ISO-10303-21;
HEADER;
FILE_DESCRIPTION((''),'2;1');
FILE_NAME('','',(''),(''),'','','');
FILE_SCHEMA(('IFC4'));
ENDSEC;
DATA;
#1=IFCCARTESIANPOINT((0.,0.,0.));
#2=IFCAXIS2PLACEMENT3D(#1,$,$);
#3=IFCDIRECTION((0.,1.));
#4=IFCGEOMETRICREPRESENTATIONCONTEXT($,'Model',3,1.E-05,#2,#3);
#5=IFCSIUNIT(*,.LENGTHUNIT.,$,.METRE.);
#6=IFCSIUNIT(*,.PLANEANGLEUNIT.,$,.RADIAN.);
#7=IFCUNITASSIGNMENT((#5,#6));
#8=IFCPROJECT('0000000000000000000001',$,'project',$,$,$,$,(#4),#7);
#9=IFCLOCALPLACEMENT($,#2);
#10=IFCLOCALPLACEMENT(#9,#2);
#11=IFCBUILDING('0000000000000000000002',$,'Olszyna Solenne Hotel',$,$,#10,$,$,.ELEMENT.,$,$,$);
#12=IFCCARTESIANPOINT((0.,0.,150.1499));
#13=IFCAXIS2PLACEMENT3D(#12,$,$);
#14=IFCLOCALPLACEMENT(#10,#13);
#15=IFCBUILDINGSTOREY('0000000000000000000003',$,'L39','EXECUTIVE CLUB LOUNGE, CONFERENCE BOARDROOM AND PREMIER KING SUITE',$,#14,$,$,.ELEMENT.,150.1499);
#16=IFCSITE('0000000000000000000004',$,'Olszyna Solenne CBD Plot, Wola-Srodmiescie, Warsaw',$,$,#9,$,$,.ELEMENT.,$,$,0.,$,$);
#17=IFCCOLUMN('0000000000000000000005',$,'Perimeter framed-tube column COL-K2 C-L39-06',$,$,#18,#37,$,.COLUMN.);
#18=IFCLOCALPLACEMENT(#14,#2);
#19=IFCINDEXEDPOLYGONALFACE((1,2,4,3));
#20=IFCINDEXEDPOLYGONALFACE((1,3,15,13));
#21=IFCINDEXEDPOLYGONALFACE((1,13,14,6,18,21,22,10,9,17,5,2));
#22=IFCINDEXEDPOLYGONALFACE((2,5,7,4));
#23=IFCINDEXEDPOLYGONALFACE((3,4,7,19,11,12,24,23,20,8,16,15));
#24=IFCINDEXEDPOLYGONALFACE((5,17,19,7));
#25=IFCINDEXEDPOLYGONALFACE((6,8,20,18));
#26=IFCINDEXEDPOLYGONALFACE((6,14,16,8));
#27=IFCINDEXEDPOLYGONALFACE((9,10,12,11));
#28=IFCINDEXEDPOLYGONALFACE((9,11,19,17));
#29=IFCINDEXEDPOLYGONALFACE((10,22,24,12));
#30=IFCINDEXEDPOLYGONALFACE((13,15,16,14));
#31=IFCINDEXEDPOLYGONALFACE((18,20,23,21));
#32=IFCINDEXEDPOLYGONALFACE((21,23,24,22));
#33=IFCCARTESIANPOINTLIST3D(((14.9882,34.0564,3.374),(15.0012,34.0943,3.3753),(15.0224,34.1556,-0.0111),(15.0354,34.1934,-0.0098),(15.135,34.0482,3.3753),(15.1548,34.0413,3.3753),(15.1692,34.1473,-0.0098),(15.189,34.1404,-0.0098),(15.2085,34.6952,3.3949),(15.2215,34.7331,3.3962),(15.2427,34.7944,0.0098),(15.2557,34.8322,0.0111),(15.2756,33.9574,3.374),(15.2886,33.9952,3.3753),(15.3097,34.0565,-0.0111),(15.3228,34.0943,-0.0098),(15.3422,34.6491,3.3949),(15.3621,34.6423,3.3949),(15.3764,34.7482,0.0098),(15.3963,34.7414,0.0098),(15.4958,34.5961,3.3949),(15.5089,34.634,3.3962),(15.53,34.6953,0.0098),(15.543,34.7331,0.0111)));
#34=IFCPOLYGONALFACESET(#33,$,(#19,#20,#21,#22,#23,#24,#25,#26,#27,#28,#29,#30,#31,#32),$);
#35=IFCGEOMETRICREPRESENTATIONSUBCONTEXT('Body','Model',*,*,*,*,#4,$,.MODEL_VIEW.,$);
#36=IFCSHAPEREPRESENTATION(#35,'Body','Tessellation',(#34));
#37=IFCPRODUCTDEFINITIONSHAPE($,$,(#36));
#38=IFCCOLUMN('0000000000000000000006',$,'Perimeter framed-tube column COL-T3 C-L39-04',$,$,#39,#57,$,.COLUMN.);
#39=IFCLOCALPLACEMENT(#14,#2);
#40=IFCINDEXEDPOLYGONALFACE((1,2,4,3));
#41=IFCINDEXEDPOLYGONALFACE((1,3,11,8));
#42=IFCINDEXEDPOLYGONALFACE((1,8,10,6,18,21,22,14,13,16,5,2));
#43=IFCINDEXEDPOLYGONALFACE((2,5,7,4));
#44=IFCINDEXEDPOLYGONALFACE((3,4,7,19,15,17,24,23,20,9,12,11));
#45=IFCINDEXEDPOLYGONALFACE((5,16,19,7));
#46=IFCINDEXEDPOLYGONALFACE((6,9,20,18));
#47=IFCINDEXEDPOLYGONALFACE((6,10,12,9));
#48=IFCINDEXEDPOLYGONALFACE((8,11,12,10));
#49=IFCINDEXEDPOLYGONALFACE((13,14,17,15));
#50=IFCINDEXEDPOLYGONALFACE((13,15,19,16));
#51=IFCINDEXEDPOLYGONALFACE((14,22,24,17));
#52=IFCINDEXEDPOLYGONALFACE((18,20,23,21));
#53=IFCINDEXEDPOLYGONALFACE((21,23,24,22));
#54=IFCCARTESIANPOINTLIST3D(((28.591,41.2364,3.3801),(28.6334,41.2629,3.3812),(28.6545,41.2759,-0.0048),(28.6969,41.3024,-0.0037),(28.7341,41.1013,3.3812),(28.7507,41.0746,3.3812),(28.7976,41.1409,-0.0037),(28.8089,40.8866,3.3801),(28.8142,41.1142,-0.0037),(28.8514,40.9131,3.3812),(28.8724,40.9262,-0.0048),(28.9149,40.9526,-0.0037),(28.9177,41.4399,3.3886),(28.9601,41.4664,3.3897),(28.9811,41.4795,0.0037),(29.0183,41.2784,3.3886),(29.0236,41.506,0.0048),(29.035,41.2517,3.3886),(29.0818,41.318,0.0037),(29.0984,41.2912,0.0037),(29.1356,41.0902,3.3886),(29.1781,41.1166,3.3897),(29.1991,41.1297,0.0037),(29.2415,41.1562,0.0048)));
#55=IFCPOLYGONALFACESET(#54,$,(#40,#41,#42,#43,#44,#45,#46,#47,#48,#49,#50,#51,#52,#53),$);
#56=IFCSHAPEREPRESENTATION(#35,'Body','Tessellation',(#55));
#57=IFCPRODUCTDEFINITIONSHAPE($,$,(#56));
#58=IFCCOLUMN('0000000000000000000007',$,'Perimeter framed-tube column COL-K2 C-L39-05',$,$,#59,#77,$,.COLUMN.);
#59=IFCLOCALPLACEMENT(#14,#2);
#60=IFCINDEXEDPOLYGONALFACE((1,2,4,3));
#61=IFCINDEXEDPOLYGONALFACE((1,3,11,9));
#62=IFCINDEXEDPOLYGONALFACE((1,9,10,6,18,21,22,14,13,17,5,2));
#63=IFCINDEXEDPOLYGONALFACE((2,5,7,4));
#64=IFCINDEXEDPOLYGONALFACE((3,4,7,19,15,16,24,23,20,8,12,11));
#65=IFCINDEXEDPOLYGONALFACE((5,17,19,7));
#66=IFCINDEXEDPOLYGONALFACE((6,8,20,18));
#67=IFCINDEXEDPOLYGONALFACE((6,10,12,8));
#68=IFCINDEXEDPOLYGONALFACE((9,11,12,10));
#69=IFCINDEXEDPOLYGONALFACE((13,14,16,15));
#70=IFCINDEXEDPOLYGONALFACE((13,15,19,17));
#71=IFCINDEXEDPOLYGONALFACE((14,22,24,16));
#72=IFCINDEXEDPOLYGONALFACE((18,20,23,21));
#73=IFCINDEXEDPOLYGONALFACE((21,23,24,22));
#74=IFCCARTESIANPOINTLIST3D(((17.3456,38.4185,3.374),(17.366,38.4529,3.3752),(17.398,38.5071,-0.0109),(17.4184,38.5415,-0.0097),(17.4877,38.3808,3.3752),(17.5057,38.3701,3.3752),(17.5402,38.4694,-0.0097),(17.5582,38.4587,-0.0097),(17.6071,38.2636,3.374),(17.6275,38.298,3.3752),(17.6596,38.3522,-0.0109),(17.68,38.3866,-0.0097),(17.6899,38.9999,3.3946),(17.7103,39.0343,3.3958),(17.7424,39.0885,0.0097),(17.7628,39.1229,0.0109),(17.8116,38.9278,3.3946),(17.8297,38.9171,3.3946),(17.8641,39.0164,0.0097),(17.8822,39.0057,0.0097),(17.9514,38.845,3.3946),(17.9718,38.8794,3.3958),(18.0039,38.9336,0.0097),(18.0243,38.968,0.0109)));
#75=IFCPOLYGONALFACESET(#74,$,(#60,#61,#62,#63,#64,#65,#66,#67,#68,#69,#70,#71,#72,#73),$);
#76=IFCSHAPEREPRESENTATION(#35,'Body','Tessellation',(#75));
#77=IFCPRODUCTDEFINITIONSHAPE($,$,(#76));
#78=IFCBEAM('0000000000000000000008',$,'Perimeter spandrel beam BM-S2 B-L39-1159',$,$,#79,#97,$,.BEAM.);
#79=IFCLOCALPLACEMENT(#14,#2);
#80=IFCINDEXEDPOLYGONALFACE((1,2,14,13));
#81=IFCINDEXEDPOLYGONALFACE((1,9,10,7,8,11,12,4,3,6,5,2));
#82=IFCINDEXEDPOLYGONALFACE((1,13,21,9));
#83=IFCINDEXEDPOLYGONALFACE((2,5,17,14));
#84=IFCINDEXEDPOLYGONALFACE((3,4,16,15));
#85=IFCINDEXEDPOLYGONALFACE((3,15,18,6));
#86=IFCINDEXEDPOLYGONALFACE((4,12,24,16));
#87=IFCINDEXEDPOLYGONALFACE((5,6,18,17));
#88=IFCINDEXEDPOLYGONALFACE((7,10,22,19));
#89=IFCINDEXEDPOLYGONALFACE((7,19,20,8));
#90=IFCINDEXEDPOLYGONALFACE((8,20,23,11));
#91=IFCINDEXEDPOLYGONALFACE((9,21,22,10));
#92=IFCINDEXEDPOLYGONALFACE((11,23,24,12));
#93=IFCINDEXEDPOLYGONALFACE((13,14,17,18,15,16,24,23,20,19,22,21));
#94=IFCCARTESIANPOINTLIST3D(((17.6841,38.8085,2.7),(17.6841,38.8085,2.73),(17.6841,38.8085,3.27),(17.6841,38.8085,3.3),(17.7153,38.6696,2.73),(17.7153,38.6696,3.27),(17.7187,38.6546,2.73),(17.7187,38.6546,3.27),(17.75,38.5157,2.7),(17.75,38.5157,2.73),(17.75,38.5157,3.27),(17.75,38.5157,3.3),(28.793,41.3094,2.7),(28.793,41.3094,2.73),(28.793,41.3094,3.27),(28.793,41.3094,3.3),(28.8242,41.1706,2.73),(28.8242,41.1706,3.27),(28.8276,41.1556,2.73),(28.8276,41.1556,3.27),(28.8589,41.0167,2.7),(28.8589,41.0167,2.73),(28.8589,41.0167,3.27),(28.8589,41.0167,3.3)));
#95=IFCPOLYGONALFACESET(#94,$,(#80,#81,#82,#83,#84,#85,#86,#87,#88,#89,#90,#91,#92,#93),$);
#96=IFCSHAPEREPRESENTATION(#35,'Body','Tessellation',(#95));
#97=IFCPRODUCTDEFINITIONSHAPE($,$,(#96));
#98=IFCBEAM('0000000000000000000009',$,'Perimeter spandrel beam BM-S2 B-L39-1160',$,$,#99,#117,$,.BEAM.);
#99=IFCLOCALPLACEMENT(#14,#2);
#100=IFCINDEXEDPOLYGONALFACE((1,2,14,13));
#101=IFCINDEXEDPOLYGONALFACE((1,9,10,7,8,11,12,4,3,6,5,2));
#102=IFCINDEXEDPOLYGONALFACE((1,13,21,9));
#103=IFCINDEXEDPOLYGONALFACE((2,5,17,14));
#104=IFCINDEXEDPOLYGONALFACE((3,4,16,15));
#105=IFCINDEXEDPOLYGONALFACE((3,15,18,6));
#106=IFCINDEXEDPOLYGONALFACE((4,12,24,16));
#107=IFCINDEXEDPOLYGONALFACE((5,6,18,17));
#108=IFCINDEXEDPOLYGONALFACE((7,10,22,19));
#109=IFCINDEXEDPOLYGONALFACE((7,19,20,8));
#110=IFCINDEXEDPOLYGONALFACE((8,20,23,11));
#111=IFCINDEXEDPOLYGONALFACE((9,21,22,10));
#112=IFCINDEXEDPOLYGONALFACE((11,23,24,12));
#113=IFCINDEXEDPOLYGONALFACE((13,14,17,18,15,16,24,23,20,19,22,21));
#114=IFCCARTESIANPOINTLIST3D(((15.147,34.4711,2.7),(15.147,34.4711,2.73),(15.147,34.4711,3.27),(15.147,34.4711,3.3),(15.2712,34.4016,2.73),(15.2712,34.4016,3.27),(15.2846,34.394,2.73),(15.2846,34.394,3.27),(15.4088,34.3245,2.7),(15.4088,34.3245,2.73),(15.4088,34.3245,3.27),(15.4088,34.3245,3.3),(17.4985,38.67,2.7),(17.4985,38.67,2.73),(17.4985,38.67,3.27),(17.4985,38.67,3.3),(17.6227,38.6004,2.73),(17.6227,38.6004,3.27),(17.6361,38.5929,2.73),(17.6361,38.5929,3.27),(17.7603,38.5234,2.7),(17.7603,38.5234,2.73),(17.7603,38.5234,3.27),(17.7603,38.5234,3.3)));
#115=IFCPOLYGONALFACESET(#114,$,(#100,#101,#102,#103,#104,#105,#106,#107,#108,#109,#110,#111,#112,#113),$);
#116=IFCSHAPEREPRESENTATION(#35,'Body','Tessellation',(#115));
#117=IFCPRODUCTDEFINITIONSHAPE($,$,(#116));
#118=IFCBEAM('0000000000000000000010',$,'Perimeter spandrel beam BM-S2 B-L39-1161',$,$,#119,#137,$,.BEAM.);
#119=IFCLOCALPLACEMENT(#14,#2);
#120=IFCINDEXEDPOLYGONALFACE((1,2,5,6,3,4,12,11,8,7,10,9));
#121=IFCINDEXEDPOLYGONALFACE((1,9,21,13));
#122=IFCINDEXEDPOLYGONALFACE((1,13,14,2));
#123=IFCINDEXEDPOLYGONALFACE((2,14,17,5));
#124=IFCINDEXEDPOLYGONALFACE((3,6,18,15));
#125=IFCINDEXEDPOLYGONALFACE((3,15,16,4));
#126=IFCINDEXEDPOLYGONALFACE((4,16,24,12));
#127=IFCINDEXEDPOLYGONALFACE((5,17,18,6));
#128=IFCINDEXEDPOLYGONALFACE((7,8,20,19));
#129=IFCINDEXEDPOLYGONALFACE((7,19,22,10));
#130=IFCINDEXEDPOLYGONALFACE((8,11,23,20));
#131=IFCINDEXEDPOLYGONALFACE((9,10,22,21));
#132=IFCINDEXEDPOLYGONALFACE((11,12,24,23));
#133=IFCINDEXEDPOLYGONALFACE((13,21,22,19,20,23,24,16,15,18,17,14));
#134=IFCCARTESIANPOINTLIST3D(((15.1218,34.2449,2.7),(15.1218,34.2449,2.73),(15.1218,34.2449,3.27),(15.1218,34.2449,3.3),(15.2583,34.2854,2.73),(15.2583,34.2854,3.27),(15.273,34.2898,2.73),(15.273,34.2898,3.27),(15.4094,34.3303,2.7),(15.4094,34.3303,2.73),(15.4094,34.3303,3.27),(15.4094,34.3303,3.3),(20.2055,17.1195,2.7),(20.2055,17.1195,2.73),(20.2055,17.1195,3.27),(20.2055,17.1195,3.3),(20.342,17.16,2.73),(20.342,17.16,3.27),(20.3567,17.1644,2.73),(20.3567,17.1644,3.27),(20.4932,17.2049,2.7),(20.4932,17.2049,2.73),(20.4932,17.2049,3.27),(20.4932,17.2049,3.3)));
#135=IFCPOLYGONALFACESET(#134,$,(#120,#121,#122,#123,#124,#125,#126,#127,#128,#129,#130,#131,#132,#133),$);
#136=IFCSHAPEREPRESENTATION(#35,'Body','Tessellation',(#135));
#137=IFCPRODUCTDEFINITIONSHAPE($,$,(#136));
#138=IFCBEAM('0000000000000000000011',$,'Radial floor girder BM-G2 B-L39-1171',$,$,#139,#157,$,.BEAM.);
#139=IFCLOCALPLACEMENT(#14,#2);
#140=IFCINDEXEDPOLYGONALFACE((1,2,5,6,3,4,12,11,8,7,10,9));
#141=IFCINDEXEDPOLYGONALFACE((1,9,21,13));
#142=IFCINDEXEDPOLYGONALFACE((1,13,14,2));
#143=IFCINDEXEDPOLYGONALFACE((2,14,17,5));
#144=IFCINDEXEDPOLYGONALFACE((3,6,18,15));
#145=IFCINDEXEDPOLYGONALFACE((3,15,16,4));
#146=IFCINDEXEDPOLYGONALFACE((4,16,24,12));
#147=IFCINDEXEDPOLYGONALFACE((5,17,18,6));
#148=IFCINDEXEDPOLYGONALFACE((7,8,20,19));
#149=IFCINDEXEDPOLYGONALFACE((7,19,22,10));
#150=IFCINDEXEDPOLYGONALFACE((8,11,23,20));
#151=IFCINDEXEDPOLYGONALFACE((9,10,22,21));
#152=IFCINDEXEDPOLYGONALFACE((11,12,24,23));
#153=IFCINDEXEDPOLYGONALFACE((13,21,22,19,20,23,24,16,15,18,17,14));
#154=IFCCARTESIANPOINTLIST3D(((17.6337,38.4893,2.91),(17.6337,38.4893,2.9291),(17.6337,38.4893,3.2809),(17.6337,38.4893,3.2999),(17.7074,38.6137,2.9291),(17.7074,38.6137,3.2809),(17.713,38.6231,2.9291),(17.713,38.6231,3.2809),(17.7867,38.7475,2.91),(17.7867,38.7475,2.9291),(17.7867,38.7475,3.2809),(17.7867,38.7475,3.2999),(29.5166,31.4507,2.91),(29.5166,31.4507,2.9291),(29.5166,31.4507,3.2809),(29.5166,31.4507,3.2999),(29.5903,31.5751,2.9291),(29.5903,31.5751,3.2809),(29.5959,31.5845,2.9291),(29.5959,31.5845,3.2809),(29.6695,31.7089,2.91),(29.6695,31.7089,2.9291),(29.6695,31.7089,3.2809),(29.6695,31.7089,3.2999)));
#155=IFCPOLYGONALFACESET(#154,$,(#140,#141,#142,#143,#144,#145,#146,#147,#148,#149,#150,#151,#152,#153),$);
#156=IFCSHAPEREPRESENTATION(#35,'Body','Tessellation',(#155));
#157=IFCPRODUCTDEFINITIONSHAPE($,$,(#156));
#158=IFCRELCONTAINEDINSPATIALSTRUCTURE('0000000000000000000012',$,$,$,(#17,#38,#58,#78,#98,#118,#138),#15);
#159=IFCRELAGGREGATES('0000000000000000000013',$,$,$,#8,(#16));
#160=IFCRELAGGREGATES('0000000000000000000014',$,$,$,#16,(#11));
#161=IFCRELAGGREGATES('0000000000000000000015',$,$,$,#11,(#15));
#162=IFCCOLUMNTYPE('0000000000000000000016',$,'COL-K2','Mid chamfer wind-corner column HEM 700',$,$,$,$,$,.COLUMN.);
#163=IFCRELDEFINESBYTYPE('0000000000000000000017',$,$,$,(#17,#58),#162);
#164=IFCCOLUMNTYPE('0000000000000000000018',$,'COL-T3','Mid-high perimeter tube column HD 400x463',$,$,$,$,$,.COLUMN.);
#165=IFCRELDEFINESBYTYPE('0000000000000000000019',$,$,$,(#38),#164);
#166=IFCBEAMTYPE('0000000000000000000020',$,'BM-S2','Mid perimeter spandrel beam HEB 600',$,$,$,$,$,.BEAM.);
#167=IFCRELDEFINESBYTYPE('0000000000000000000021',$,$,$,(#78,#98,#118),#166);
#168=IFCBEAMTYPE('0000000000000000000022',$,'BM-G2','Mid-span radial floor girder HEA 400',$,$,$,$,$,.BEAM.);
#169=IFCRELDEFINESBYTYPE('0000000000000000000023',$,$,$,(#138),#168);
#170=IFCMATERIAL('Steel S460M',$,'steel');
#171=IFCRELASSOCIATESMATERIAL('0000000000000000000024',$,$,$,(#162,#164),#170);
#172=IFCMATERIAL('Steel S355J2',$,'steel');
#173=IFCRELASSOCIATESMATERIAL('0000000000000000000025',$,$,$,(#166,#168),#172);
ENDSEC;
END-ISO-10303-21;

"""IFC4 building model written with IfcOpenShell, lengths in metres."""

from ifc_helpers import new_model, si_unit, direction, frame, origin, origin_2d, place, context, subcontext, project, spatial, i_section, extrude, source, transform, mapped, material, material_profile, profile_set, type_object, element, save


model = new_model("IFC4")

# Units and contexts
model_context = context("Model", 3, precision=1e-05, world=origin(), true_north=direction((0.0, 1.0)))
body_context = subcontext(model_context, "Body", "Model", "MODEL_VIEW")
ifc_project = project(units=[si_unit("LENGTHUNIT", "METRE"), si_unit("PLANEANGLEUNIT", "RADIAN")], contexts=[model_context])

# Site, building, storey
site_placement = place(None, origin())
site = spatial("IfcSite", under=ifc_project, at=site_placement, Name="Olszyna Solenne CBD Plot, Wola-Srodmiescie, Warsaw", CompositionType="ELEMENT", RefElevation=0.0)
building_placement = place(site_placement, origin())
building = spatial("IfcBuilding", under=site, at=building_placement, Name="Olszyna Solenne Hotel", CompositionType="ELEMENT")
storey_placement = place(building_placement, frame((0.0, 0.0, 150.1499)))
storey = spatial("IfcBuildingStorey", under=building, at=storey_placement, Name="L39", Description="EXECUTIVE CLUB LOUNGE, CONFERENCE BOARDROOM AND PREMIER KING SUITE", CompositionType="ELEMENT", Elevation=150.1499)

# Columns
ifc_material_1 = material(Name="Steel S460M", Category="steel")
ifc_material_profile_1 = material_profile(ifc_material_1, i_section(OverallWidth=0.304, OverallDepth=0.7161, WebThickness=0.021, FlangeThickness=0.04, at=origin_2d()), Name="HEM 700", Category="load-bearing")
ifc_profile_set_1 = profile_set([ifc_material_profile_1], Name="Steel S460M")
column_type_1 = type_object("IfcColumnType", Name="COL-K2", Description="Mid chamfer wind-corner column HEM 700", PredefinedType="COLUMN", material=ifc_profile_set_1)
shared_shape_1 = source(origin(), body_context, "Body", "SweptSolid", [
    extrude(i_section(OverallWidth=0.304, OverallDepth=0.7161, WebThickness=0.021, FlangeThickness=0.04, at=origin_2d()), origin(), (0.0, 0.0, 1.0), 3.3867),
])
column_1_placement = place(storey_placement, frame((15.2827, 34.4443, 0.0), z_axis=(-0.010093, -0.029268, 0.999521), x_axis=(0.945373, -0.325991, 0.0)))
element("IfcColumn", 1, at=column_1_placement, inside=storey, type_object=column_type_1, Name="Perimeter framed-tube column COL-K2 C-L39-06", PredefinedType="COLUMN", context=body_context, shape_type="MappedRepresentation", body=[
    mapped(shared_shape_1, transform((0.0, 0.0, 0.0), x_axis=(1.0, 0.0, 0.0), y_axis=(0.0, 1.0, 0.0), z_axis=(0.0, 0.0, 1.0), scale=1.0)),
])
ifc_material_profile_2 = material_profile(ifc_material_1, i_section(OverallWidth=0.4121, OverallDepth=0.4351, WebThickness=0.0315, FlangeThickness=0.05, at=origin_2d()), Name="HD 400x463", Category="load-bearing")
ifc_profile_set_2 = profile_set([ifc_material_profile_2], Name="Steel S460M")
column_type_2 = type_object("IfcColumnType", Name="COL-T3", Description="Mid-high perimeter tube column HD 400x463", PredefinedType="COLUMN", material=ifc_profile_set_2)
shared_shape_2 = source(origin(), body_context, "Body", "SweptSolid", [
    extrude(i_section(OverallWidth=0.4121, OverallDepth=0.4351, WebThickness=0.0315, FlangeThickness=0.05, at=origin_2d()), origin(), (0.0, 0.0, 1.0), 3.3857),
])
column_2_placement = place(storey_placement, frame((28.948, 41.2161, 0.0), z_axis=(-0.018748, -0.011681, 0.999756), x_axis=(0.528825, -0.848731, 0.0)))
element("IfcColumn", 2, at=column_2_placement, inside=storey, type_object=column_type_2, Name="Perimeter framed-tube column COL-T3 C-L39-04", PredefinedType="COLUMN", context=body_context, shape_type="MappedRepresentation", body=[
    mapped(shared_shape_2, transform((0.0, 0.0, 0.0), x_axis=(1.0, 0.0, 0.0), y_axis=(0.0, 1.0, 0.0), z_axis=(0.0, 0.0, 1.0), scale=1.0)),
])
shared_shape_3 = source(origin(), body_context, "Body", "SweptSolid", [
    extrude(i_section(OverallWidth=0.304, OverallDepth=0.7161, WebThickness=0.021, FlangeThickness=0.04, at=origin_2d()), origin(), (0.0, 0.0, 1.0), 3.3865),
])
column_3_placement = place(storey_placement, frame((17.7112, 38.7375, 0.0), z_axis=(-0.015499, -0.026169, 0.999537), x_axis=(0.860407, -0.509607, 0.0)))
element("IfcColumn", 3, at=column_3_placement, inside=storey, type_object=column_type_1, Name="Perimeter framed-tube column COL-K2 C-L39-05", PredefinedType="COLUMN", context=body_context, shape_type="MappedRepresentation", body=[
    mapped(shared_shape_3, transform((0.0, 0.0, 0.0), x_axis=(1.0, 0.0, 0.0), y_axis=(0.0, 1.0, 0.0), z_axis=(0.0, 0.0, 1.0), scale=1.0)),
])

# Beams
ifc_material_2 = material(Name="Steel S355J2", Category="steel")
ifc_material_profile_3 = material_profile(ifc_material_2, i_section(OverallWidth=0.3, OverallDepth=0.6001, WebThickness=0.0154, FlangeThickness=0.03, at=origin_2d()), Name="HEB 600", Category="load-bearing")
ifc_profile_set_3 = profile_set([ifc_material_profile_3], Name="Steel S355J2")
beam_type_1 = type_object("IfcBeamType", Name="BM-S2", Description="Mid perimeter spandrel beam HEB 600", PredefinedType="BEAM", material=ifc_profile_set_3)
shared_shape_4 = source(origin(), body_context, "Body", "SweptSolid", [
    extrude(i_section(OverallWidth=0.3, OverallDepth=0.6001, WebThickness=0.0154, FlangeThickness=0.03, at=origin_2d()), origin(), (0.0, 0.0, 1.0), 11.387),
])
beam_1_placement = place(storey_placement, frame((28.8259, 41.1631, 3.0), z_axis=(-0.975582, -0.219636, 0.0), x_axis=(0.219636, -0.975582, 0.0)))
element("IfcBeam", 4, at=beam_1_placement, inside=storey, type_object=beam_type_1, Name="Perimeter spandrel beam BM-S2 B-L39-1159", PredefinedType="BEAM", context=body_context, shape_type="MappedRepresentation", body=[
    mapped(shared_shape_4, transform((0.0, 0.0, 0.0), x_axis=(1.0, 0.0, 0.0), y_axis=(0.0, 1.0, 0.0), z_axis=(0.0, 0.0, 1.0), scale=1.0)),
])
shared_shape_5 = source(origin(), body_context, "Body", "SweptSolid", [
    extrude(i_section(OverallWidth=0.3, OverallDepth=0.6001, WebThickness=0.0154, FlangeThickness=0.03, at=origin_2d()), origin(), (0.0, 0.0, 1.0), 4.8125),
])
beam_2_placement = place(storey_placement, frame((17.6294, 38.5967, 3.0), z_axis=(-0.488625, -0.872494, 0.0), x_axis=(0.872494, -0.488625, 0.0)))
element("IfcBeam", 5, at=beam_2_placement, inside=storey, type_object=beam_type_1, Name="Perimeter spandrel beam BM-S2 B-L39-1160", PredefinedType="BEAM", context=body_context, shape_type="MappedRepresentation", body=[
    mapped(shared_shape_5, transform((0.0, 0.0, 0.0), x_axis=(1.0, 0.0, 0.0), y_axis=(0.0, 1.0, 0.0), z_axis=(0.0, 0.0, 1.0), scale=1.0)),
])
shared_shape_6 = source(origin(), body_context, "Body", "SweptSolid", [
    extrude(i_section(OverallWidth=0.3, OverallDepth=0.6001, WebThickness=0.0154, FlangeThickness=0.03, at=origin_2d()), origin(), (0.0, 0.0, 1.0), 17.864),
])
beam_3_placement = place(storey_placement, frame((15.2656, 34.2876, 3.0), z_axis=(0.284578, -0.958653, 0.0), x_axis=(0.958653, 0.284578, 0.0)))
element("IfcBeam", 6, at=beam_3_placement, inside=storey, type_object=beam_type_1, Name="Perimeter spandrel beam BM-S2 B-L39-1161", PredefinedType="BEAM", context=body_context, shape_type="MappedRepresentation", body=[
    mapped(shared_shape_6, transform((0.0, 0.0, 0.0), x_axis=(1.0, 0.0, 0.0), y_axis=(0.0, 1.0, 0.0), z_axis=(0.0, 0.0, 1.0), scale=1.0)),
])
ifc_material_profile_4 = material_profile(ifc_material_2, i_section(OverallWidth=0.3, OverallDepth=0.3899, WebThickness=0.011, FlangeThickness=0.019, at=origin_2d()), Name="HEA 400", Category="load-bearing")
ifc_profile_set_4 = profile_set([ifc_material_profile_4], Name="Steel S355J2")
beam_type_2 = type_object("IfcBeamType", Name="BM-G2", Description="Mid-span radial floor girder HEA 400", PredefinedType="BEAM", material=ifc_profile_set_4)
shared_shape_7 = source(origin(), body_context, "Body", "SweptSolid", [
    extrude(i_section(OverallWidth=0.3, OverallDepth=0.3899, WebThickness=0.011, FlangeThickness=0.019, at=origin_2d()), origin(), (0.0, 0.0, 1.0), 13.811),
])
beam_4_placement = place(storey_placement, frame((17.7102, 38.6184, 3.105), z_axis=(0.86039, -0.509637, 0.0), x_axis=(0.509637, 0.86039, 0.0)))
element("IfcBeam", 7, at=beam_4_placement, inside=storey, type_object=beam_type_2, Name="Radial floor girder BM-G2 B-L39-1171", PredefinedType="BEAM", context=body_context, shape_type="MappedRepresentation", body=[
    mapped(shared_shape_7, transform((0.0, 0.0, 0.0), x_axis=(1.0, 0.0, 0.0), y_axis=(0.0, 1.0, 0.0), z_axis=(0.0, 0.0, 1.0), scale=1.0)),
])

save(model, "model.ifc")
